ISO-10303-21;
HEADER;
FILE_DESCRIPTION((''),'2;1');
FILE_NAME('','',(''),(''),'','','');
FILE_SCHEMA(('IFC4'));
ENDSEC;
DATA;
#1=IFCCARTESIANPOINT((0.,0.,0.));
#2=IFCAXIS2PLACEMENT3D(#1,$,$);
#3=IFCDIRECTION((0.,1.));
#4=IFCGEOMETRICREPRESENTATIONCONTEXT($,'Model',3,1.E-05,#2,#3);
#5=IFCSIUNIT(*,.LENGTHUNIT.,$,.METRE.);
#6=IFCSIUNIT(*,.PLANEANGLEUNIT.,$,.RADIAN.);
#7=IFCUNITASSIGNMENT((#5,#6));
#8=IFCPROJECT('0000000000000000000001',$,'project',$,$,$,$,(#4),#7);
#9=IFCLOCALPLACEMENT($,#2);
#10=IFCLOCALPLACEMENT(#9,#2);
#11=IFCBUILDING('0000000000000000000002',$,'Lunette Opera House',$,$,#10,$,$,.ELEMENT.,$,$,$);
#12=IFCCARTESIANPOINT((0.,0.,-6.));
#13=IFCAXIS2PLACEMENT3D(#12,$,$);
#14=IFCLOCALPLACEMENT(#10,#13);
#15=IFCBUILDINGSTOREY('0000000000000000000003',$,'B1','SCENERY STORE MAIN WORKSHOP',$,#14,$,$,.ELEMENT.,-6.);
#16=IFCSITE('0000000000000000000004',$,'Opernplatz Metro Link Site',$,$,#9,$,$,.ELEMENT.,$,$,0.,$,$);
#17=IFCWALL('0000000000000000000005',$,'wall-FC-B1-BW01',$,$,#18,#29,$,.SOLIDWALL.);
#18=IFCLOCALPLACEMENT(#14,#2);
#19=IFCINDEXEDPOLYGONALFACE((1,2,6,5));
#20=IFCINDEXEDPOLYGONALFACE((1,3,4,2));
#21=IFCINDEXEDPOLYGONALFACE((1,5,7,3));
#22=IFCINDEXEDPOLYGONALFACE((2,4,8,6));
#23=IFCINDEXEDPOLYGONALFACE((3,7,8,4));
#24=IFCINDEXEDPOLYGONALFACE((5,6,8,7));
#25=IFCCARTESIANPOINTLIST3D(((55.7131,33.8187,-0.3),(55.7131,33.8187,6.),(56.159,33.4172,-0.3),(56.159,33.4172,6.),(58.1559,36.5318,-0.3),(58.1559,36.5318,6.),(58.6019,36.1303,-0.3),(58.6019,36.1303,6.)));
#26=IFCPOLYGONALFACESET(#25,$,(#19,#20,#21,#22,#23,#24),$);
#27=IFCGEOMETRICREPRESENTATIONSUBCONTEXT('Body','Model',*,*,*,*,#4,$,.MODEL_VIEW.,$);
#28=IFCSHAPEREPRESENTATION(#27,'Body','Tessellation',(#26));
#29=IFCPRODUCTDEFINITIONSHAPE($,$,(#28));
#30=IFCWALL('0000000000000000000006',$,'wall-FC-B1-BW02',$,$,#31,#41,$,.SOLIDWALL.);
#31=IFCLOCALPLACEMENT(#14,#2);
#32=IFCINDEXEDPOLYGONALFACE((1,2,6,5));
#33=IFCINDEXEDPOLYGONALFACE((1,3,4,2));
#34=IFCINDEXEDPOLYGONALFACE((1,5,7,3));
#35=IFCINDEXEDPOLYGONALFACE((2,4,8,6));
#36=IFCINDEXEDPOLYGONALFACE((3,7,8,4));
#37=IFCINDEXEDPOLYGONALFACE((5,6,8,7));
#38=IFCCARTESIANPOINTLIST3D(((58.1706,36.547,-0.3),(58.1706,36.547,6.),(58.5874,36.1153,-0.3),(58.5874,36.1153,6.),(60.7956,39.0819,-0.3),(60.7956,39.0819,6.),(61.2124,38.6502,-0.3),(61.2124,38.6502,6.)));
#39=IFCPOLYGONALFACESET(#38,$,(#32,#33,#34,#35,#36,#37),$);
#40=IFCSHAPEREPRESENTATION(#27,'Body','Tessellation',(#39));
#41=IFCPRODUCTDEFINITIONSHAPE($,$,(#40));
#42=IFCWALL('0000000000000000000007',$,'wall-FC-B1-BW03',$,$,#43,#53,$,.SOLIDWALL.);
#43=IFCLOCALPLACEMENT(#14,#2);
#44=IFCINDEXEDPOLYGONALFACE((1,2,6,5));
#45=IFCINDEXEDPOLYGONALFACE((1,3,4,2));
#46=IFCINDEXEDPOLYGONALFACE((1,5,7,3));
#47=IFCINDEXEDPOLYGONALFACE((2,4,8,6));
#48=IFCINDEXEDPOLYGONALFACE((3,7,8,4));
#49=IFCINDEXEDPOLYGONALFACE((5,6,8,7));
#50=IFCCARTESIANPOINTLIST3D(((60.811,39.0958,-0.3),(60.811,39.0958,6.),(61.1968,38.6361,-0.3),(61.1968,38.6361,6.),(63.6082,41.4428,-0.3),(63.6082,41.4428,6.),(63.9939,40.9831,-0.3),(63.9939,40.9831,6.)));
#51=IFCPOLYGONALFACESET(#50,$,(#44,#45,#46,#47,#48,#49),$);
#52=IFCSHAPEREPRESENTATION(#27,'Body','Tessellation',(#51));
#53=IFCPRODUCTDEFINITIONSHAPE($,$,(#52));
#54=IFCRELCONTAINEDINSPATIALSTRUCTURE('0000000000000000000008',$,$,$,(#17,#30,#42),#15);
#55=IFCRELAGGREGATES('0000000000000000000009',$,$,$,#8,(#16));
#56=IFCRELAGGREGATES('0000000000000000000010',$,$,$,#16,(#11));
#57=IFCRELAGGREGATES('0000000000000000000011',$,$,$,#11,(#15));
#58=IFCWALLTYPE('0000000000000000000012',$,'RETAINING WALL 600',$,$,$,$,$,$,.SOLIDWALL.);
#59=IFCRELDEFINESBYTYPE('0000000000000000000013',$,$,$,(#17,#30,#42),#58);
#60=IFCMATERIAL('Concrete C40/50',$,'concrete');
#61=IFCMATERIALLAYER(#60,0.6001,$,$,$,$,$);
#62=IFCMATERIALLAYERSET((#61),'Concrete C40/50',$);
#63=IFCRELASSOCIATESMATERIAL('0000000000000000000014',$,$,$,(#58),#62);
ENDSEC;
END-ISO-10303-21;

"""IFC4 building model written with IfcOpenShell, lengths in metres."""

from ifc_helpers import new_model, si_unit, direction, frame, frame_2d, origin, place, context, subcontext, project, spatial, rectangle, extrude, material, layer, layer_set, type_object, element, save


model = new_model("IFC4")

# Units and contexts
model_context = context("Model", 3, precision=1e-05, world=origin(), true_north=direction((0.0, 1.0)))
body_context = subcontext(model_context, "Body", "Model", "MODEL_VIEW")
ifc_project = project(units=[si_unit("LENGTHUNIT", "METRE"), si_unit("PLANEANGLEUNIT", "RADIAN")], contexts=[model_context])

# Site, building, storey
site_placement = place(None, origin())
site = spatial("IfcSite", under=ifc_project, at=site_placement, Name="Opernplatz Metro Link Site", CompositionType="ELEMENT", RefElevation=0.0)
building_placement = place(site_placement, origin())
building = spatial("IfcBuilding", under=site, at=building_placement, Name="Lunette Opera House", CompositionType="ELEMENT")
storey_placement = place(building_placement, frame((0.0, 0.0, -6.0)))
storey = spatial("IfcBuildingStorey", under=building, at=storey_placement, Name="B1", Description="SCENERY STORE MAIN WORKSHOP", CompositionType="ELEMENT", Elevation=-6.0)

# Walls
ifc_material_1 = material(Name="Concrete C40/50", Category="concrete")
ifc_layer_1 = layer(ifc_material_1, 0.6001)
ifc_layer_set_1 = layer_set([ifc_layer_1], Name="Concrete C40/50")
wall_type_1 = type_object("IfcWallType", Name="RETAINING WALL 600", PredefinedType="SOLIDWALL", material=ifc_layer_set_1)
wall_1_placement = place(storey_placement, frame((55.936, 33.6179, -0.3), z_axis=(0.0, 0.0, 1.0), x_axis=(0.669124, 0.743151, 0.0)))
element("IfcWall", 1, at=wall_1_placement, inside=storey, type_object=wall_type_1, Name="wall-FC-B1-BW01", PredefinedType="SOLIDWALL", context=body_context, shape_type="SweptSolid", body=[
    extrude(rectangle(XDim=3.6509, YDim=0.6001, at=frame_2d((1.8254, 0.0))), origin(), (0.0, 0.0, 1.0), 6.3),
])
wall_2_placement = place(storey_placement, frame((58.3789, 36.3311, -0.3), z_axis=(0.0, 0.0, 1.0), x_axis=(0.719343, 0.694655, 0.0)))
element("IfcWall", 2, at=wall_2_placement, inside=storey, type_object=wall_type_1, Name="wall-FC-B1-BW02", PredefinedType="SOLIDWALL", context=body_context, shape_type="SweptSolid", body=[
    extrude(rectangle(XDim=3.6492, YDim=0.6001, at=frame_2d((1.8247, 0.0))), origin(), (0.0, 0.0, 1.0), 6.3),
])
wall_3_placement = place(storey_placement, frame((61.0039, 38.866, -0.3), z_axis=(0.0, 0.0, 1.0), x_axis=(0.766063, 0.642765, 0.0)))
element("IfcWall", 3, at=wall_3_placement, inside=storey, type_object=wall_type_1, Name="wall-FC-B1-BW03", PredefinedType="SOLIDWALL", context=body_context, shape_type="SweptSolid", body=[
    extrude(rectangle(XDim=3.6514, YDim=0.6001, at=frame_2d((1.8257, 0.0))), origin(), (0.0, 0.0, 1.0), 6.3),
])

save(model, "model.ifc")
